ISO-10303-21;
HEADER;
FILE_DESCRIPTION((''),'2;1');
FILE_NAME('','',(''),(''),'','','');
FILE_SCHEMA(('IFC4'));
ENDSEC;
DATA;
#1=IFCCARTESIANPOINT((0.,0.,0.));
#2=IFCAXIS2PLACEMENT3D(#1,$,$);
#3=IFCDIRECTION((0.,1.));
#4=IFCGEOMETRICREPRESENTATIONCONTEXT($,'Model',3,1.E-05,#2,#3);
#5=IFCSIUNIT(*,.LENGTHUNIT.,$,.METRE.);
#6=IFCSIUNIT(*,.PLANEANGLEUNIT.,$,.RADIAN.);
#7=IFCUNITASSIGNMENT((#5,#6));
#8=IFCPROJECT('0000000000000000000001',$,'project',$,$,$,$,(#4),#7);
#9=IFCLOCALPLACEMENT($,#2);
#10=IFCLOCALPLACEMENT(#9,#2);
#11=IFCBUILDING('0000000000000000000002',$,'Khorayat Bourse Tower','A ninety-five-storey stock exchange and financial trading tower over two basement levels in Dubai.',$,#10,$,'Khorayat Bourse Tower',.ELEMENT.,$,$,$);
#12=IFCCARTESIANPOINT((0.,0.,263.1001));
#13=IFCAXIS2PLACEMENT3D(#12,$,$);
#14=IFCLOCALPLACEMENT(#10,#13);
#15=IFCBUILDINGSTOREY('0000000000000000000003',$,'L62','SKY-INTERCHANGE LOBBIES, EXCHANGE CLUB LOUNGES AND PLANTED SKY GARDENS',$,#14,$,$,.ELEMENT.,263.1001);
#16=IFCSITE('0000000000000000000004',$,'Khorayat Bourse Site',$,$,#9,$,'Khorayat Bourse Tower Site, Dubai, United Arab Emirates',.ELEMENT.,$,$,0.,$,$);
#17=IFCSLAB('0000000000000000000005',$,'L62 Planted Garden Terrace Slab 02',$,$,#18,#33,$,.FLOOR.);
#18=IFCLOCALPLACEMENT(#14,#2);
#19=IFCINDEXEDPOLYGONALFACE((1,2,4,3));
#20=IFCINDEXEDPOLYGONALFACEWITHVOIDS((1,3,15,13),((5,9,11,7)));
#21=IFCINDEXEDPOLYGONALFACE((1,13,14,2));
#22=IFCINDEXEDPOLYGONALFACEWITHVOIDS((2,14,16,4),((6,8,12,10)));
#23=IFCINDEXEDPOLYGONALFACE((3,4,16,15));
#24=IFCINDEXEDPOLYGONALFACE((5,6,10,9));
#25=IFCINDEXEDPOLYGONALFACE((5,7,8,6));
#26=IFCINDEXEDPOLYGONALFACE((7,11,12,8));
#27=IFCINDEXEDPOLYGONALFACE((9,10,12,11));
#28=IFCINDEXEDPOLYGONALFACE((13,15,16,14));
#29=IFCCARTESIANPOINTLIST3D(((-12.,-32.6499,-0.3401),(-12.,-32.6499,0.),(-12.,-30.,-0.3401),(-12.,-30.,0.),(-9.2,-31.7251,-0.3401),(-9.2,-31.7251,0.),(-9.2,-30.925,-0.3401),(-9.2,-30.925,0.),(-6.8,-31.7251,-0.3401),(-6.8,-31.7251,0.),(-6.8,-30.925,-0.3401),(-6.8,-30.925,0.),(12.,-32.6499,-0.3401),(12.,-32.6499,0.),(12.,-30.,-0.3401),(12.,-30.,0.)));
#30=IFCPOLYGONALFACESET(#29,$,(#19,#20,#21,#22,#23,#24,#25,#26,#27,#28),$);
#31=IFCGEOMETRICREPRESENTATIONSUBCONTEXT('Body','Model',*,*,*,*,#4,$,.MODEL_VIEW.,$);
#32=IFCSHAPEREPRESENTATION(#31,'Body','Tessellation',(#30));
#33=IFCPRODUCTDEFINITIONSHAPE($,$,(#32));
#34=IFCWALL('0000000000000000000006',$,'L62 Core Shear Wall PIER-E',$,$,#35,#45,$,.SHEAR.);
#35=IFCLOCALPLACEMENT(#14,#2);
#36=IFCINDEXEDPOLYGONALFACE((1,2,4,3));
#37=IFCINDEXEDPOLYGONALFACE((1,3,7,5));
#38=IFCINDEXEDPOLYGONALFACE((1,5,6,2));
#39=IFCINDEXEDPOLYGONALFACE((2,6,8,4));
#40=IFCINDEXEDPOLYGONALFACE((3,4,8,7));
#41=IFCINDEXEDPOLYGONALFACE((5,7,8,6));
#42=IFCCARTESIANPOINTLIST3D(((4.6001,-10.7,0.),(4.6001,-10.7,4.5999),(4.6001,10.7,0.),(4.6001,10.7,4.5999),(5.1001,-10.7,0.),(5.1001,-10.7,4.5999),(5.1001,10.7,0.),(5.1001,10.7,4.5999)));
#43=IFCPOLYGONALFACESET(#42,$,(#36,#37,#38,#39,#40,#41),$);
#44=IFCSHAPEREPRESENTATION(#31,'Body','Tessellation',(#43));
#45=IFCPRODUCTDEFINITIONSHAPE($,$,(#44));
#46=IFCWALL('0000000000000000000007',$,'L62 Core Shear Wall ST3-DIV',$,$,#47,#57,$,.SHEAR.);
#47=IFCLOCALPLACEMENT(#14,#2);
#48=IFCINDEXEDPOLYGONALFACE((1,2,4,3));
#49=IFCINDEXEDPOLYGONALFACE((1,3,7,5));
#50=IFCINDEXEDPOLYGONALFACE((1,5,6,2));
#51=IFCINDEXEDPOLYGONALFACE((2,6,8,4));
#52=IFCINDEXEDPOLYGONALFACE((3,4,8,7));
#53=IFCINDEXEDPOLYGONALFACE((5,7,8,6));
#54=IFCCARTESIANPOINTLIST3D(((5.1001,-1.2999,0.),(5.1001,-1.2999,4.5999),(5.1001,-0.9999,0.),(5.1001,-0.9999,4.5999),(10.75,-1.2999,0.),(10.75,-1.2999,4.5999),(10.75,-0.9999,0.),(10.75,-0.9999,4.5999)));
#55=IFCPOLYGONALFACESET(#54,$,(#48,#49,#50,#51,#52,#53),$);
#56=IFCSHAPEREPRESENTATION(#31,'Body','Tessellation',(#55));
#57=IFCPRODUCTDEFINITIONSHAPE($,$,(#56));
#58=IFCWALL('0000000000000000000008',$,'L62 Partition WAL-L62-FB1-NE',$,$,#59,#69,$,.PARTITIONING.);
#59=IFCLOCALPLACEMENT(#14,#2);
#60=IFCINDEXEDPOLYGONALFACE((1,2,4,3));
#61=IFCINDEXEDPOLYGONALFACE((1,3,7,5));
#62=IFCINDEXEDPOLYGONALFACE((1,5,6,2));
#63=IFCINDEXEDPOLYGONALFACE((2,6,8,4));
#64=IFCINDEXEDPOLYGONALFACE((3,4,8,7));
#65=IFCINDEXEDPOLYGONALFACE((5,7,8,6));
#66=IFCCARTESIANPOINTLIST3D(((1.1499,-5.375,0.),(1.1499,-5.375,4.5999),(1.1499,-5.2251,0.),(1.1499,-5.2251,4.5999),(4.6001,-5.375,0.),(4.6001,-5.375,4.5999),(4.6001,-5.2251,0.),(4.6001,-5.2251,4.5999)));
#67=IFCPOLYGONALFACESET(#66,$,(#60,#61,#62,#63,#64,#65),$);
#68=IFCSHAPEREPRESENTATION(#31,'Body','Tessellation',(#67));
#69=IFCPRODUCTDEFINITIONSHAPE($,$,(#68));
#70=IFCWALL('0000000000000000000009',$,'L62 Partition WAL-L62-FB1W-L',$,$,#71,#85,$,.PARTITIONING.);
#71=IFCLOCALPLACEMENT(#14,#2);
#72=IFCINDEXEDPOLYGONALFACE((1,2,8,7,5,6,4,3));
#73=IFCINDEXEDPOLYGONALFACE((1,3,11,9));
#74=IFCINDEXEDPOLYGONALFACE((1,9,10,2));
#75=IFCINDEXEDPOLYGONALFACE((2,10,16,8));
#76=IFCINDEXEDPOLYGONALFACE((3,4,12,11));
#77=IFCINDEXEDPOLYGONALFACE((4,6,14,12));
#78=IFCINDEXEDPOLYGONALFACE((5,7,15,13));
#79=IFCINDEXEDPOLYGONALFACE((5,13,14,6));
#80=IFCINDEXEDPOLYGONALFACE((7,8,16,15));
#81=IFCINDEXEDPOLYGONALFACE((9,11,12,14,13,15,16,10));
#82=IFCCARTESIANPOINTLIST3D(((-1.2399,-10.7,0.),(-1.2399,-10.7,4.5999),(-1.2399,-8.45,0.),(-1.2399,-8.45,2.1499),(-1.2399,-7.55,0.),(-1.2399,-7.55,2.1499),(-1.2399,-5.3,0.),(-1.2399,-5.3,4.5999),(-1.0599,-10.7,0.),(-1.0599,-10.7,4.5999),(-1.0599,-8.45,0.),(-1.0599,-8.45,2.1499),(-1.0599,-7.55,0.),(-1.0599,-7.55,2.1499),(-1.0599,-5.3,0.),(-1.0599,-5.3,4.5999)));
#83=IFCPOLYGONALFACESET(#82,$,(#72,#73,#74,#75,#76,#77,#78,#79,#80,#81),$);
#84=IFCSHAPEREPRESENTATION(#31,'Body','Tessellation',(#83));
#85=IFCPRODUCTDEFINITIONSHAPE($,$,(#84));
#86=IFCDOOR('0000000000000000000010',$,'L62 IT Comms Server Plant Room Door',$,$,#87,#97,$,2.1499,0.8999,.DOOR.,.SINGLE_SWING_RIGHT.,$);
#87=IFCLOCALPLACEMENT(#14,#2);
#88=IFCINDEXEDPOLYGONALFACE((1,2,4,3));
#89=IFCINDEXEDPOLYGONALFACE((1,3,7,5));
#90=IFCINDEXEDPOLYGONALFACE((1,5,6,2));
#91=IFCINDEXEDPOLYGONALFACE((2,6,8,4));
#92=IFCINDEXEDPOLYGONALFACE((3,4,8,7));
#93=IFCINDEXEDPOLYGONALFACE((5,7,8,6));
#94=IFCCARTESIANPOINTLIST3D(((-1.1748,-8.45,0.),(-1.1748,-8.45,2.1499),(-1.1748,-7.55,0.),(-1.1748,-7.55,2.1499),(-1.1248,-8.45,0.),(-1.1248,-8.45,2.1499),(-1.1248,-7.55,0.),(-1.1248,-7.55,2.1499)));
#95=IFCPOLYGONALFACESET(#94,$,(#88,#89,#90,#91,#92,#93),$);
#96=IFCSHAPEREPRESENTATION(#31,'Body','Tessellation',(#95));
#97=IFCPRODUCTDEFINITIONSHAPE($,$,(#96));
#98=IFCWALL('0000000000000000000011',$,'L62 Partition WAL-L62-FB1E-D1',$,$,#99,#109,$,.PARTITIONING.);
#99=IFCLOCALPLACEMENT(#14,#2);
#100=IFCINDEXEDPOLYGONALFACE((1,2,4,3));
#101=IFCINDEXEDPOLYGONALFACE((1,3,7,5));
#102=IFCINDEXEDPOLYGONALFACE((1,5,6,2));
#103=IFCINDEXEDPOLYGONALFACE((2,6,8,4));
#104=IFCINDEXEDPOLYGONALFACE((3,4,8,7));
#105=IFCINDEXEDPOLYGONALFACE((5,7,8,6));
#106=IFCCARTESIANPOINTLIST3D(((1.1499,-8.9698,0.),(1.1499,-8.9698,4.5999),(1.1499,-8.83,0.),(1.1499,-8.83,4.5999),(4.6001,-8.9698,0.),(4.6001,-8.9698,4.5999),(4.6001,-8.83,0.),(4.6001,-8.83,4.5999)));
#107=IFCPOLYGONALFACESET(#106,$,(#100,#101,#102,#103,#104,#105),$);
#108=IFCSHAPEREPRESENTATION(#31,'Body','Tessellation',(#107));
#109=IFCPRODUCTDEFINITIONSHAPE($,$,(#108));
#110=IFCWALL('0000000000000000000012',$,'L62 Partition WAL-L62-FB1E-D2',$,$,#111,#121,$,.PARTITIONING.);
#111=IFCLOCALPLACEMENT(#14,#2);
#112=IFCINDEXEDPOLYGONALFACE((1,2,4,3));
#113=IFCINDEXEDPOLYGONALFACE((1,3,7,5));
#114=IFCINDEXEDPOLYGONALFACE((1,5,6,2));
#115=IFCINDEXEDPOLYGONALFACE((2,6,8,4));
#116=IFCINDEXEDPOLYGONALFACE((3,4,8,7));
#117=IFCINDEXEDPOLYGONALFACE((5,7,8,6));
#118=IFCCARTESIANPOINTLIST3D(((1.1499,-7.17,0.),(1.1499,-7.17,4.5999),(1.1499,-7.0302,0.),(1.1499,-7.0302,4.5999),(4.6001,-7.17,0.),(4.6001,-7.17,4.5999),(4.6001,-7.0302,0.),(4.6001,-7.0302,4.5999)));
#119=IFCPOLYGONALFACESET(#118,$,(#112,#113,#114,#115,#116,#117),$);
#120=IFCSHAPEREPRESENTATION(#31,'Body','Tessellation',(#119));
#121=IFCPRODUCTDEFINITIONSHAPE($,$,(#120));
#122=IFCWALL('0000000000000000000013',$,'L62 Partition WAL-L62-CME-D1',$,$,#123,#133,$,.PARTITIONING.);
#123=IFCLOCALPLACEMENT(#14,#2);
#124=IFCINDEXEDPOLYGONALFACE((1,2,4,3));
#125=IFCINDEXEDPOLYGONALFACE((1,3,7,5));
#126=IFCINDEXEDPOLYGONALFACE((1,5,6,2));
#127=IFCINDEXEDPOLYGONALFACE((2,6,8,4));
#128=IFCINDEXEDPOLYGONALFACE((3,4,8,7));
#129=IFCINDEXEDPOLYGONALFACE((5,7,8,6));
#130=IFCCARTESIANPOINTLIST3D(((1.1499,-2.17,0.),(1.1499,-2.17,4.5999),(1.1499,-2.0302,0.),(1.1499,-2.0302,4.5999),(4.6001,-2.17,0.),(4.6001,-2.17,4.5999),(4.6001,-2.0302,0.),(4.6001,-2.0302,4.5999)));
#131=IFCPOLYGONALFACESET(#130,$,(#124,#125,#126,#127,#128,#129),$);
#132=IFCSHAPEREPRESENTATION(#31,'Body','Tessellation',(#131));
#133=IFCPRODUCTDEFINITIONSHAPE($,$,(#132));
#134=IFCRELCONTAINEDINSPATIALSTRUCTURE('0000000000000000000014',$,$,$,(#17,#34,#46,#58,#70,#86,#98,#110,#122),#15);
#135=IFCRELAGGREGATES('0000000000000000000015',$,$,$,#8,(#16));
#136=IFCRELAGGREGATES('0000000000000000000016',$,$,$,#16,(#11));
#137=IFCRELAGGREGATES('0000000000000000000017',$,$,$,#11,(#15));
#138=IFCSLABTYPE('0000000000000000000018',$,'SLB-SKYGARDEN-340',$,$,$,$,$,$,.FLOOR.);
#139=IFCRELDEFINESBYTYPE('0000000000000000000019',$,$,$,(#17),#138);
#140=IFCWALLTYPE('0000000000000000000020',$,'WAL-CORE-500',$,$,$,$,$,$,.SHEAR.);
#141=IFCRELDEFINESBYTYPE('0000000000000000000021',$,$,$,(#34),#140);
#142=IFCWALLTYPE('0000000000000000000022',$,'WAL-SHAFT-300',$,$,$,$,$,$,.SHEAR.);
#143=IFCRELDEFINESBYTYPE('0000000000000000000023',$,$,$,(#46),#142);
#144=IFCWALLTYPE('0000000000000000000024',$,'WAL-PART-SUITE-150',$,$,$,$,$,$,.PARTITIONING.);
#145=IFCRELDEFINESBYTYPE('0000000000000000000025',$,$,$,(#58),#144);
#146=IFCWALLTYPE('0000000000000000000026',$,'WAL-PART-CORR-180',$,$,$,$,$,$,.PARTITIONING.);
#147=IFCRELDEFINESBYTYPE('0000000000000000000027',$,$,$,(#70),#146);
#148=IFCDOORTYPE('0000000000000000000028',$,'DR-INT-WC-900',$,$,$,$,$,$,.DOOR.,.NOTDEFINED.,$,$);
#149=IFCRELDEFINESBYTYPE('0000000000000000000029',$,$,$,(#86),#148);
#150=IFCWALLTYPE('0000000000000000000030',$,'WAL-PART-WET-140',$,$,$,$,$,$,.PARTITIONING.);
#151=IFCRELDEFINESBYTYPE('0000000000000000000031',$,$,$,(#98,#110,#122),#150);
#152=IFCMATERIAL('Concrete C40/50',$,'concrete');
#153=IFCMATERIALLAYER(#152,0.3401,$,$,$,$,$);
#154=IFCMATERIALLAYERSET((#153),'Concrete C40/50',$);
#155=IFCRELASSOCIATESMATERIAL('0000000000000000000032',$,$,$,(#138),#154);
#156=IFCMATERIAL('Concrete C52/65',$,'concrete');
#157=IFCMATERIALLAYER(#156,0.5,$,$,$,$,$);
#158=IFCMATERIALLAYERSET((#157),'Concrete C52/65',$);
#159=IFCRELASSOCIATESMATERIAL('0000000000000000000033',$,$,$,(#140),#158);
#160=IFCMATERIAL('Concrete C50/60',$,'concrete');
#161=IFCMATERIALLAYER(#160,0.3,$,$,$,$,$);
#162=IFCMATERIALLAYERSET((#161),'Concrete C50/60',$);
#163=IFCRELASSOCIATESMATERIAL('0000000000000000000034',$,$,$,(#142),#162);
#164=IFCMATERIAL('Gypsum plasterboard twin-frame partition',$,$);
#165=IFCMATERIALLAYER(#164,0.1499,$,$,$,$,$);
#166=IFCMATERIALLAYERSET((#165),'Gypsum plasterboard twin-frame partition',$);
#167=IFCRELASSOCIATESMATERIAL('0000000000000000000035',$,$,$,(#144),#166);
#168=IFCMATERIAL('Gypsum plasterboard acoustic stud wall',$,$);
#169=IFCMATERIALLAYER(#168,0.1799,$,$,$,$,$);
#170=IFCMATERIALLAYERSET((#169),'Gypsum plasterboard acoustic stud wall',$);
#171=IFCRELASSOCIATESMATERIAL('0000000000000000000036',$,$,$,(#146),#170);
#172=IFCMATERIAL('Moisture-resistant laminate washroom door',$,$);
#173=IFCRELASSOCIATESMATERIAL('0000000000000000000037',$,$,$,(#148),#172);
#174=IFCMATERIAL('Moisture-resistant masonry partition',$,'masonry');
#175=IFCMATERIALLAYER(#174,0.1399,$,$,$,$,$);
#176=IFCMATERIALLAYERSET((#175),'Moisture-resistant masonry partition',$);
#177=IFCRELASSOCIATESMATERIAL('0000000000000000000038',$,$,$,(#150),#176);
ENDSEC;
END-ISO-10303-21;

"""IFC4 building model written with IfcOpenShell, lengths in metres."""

from ifc_helpers import new_model, si_unit, direction, frame, frame_2d, origin, place, context, subcontext, project, spatial, polyline, rectangle, outline, extrude, source, transform, mapped, material, layer, layer_set, type_object, element, fill, save


model = new_model("IFC4")

# Units and contexts
model_context = context("Model", 3, precision=1e-05, world=origin(), true_north=direction((0.0, 1.0)))
body_context = subcontext(model_context, "Body", "Model", "MODEL_VIEW")
ifc_project = project(units=[si_unit("LENGTHUNIT", "METRE"), si_unit("PLANEANGLEUNIT", "RADIAN")], contexts=[model_context])

# Site, building, storey
site_placement = place(None, origin())
site = spatial("IfcSite", under=ifc_project, at=site_placement, Name="Khorayat Bourse Site", LongName="Khorayat Bourse Tower Site, Dubai, United Arab Emirates", CompositionType="ELEMENT", RefElevation=0.0)
building_placement = place(site_placement, origin())
building = spatial("IfcBuilding", under=site, at=building_placement, Name="Khorayat Bourse Tower", Description="A ninety-five-storey stock exchange and financial trading tower over two basement levels in Dubai.", LongName="Khorayat Bourse Tower", CompositionType="ELEMENT")
storey_placement = place(building_placement, frame((0.0, 0.0, 263.1001)))
storey = spatial("IfcBuildingStorey", under=building, at=storey_placement, Name="L62", Description="SKY-INTERCHANGE LOBBIES, EXCHANGE CLUB LOUNGES AND PLANTED SKY GARDENS", CompositionType="ELEMENT", Elevation=263.1001)

# Slab
ifc_material_1 = material(Name="Concrete C40/50", Category="concrete")
ifc_layer_1 = layer(ifc_material_1, 0.3401)
ifc_layer_set_1 = layer_set([ifc_layer_1], Name="Concrete C40/50")
slab_type_1 = type_object("IfcSlabType", Name="SLB-SKYGARDEN-340", PredefinedType="FLOOR", material=ifc_layer_set_1)
slab_1_placement = place(storey_placement, frame((0.0, 0.0, -0.3401)))
element("IfcSlab", 1, at=slab_1_placement, inside=storey, type_object=slab_type_1, Name="L62 Planted Garden Terrace Slab 02", PredefinedType="FLOOR", context=body_context, shape_type="SweptSolid", body=[
    extrude(outline(polyline([(-12.0, -32.6499), (12.0, -32.6499), (12.0, -30.0), (-12.0, -30.0), (-12.0, -32.6499)]), holes=[polyline([(-9.2, -31.7251), (-6.8, -31.7251), (-6.8, -30.925), (-9.2, -30.925), (-9.2, -31.7251)])]), origin(), (0.0, 0.0, 1.0), 0.3401),
])

# Walls
ifc_material_2 = material(Name="Concrete C52/65", Category="concrete")
ifc_layer_2 = layer(ifc_material_2, 0.5)
ifc_layer_set_2 = layer_set([ifc_layer_2], Name="Concrete C52/65")
wall_type_1 = type_object("IfcWallType", Name="WAL-CORE-500", PredefinedType="SHEAR", material=ifc_layer_set_2)
shared_shape_1 = source(origin(), body_context, "Body", "SweptSolid", [
    extrude(rectangle(XDim=21.3999, YDim=0.5, at=frame_2d((10.7, 0.0))), origin(), (0.0, 0.0, 1.0), 4.5999),
])
wall_1_placement = place(storey_placement, frame((4.8501, -10.7, 0.0), z_axis=(0.0, 0.0, 1.0), x_axis=(0.0, 1.0, 0.0)))
element("IfcWall", 2, at=wall_1_placement, inside=storey, type_object=wall_type_1, Name="L62 Core Shear Wall PIER-E", PredefinedType="SHEAR", context=body_context, shape_type="MappedRepresentation", body=[
    mapped(shared_shape_1, transform((0.0, 0.0, 0.0), scale=1.0)),
])
ifc_material_3 = material(Name="Concrete C50/60", Category="concrete")
ifc_layer_3 = layer(ifc_material_3, 0.3)
ifc_layer_set_3 = layer_set([ifc_layer_3], Name="Concrete C50/60")
wall_type_2 = type_object("IfcWallType", Name="WAL-SHAFT-300", PredefinedType="SHEAR", material=ifc_layer_set_3)
shared_shape_2 = source(origin(), body_context, "Body", "SweptSolid", [
    extrude(rectangle(XDim=5.6499, YDim=0.3, at=frame_2d((2.825, 0.0))), origin(), (0.0, 0.0, 1.0), 4.5999),
])
wall_2_placement = place(storey_placement, frame((5.1001, -1.1499, 0.0), z_axis=(0.0, 0.0, 1.0), x_axis=(1.0, 0.0, 0.0)))
element("IfcWall", 3, at=wall_2_placement, inside=storey, type_object=wall_type_2, Name="L62 Core Shear Wall ST3-DIV", PredefinedType="SHEAR", context=body_context, shape_type="MappedRepresentation", body=[
    mapped(shared_shape_2, transform((0.0, 0.0, 0.0), scale=1.0)),
])
ifc_material_4 = material(Name="Gypsum plasterboard twin-frame partition")
ifc_layer_4 = layer(ifc_material_4, 0.1499)
ifc_layer_set_4 = layer_set([ifc_layer_4], Name="Gypsum plasterboard twin-frame partition")
wall_type_3 = type_object("IfcWallType", Name="WAL-PART-SUITE-150", PredefinedType="PARTITIONING", material=ifc_layer_set_4)
shared_shape_3 = source(origin(), body_context, "Body", "SweptSolid", [
    extrude(rectangle(XDim=3.4502, YDim=0.1499, at=frame_2d((1.7251, 0.0))), origin(), (0.0, 0.0, 1.0), 4.5999),
])
wall_3_placement = place(storey_placement, frame((1.1499, -5.3, 0.0), z_axis=(0.0, 0.0, 1.0), x_axis=(1.0, 0.0, 0.0)))
element("IfcWall", 4, at=wall_3_placement, inside=storey, type_object=wall_type_3, Name="L62 Partition WAL-L62-FB1-NE", PredefinedType="PARTITIONING", context=body_context, shape_type="MappedRepresentation", body=[
    mapped(shared_shape_3, transform((0.0, 0.0, 0.0), scale=1.0)),
])

# Wall, opening, door
ifc_material_5 = material(Name="Gypsum plasterboard acoustic stud wall")
ifc_layer_5 = layer(ifc_material_5, 0.1799)
ifc_layer_set_5 = layer_set([ifc_layer_5], Name="Gypsum plasterboard acoustic stud wall")
wall_type_4 = type_object("IfcWallType", Name="WAL-PART-CORR-180", PredefinedType="PARTITIONING", material=ifc_layer_set_5)
shared_shape_4 = source(origin(), body_context, "Body", "SweptSolid", [
    extrude(rectangle(XDim=5.3999, YDim=0.1799, at=frame_2d((2.7, 0.0))), origin(), (0.0, 0.0, 1.0), 4.5999),
])
wall_4_placement = place(storey_placement, frame((-1.1499, -10.7, 0.0), z_axis=(0.0, 0.0, 1.0), x_axis=(0.0, 1.0, 0.0)))
wall_4 = element("IfcWall", 5, at=wall_4_placement, inside=storey, type_object=wall_type_4, Name="L62 Partition WAL-L62-FB1W-L", PredefinedType="PARTITIONING", context=body_context, shape_type="MappedRepresentation", body=[
    mapped(shared_shape_4, transform((0.0, 0.0, 0.0), scale=1.0)),
])
shared_shape_5 = source(origin(), body_context, "Body", "SweptSolid", [
    extrude(rectangle(XDim=0.8999, YDim=2.1499, at=frame_2d((0.45, 1.075))), frame((0.0, 0.0999, 0.0), z_axis=(0.0, -1.0, 0.0), x_axis=(1.0, 0.0, 0.0)), (0.0, 0.0, 1.0), 0.2),
])
opening_1_placement = place(wall_4_placement, frame((2.25, 0.0, 0.0)))
opening_1 = element("IfcOpeningElement", 6, at=opening_1_placement, cuts=wall_4, PredefinedType="OPENING", context=body_context, shape_type="MappedRepresentation", body=[
    mapped(shared_shape_5, transform((0.0, 0.0, 0.0), scale=1.0)),
])
ifc_material_6 = material(Name="Moisture-resistant laminate washroom door")
door_type = type_object("IfcDoorType", Name="DR-INT-WC-900", OperationType="NOTDEFINED", PredefinedType="DOOR", material=ifc_material_6)
shared_shape_6 = source(origin(), body_context, "Body", "SweptSolid", [
    extrude(rectangle(XDim=0.8999, YDim=2.1499, at=frame_2d((0.45, 1.075))), frame((0.0, 0.0249, 0.0), z_axis=(0.0, -1.0, 0.0), x_axis=(1.0, 0.0, 0.0)), (0.0, 0.0, 1.0), 0.05),
])
door_1_placement = place(opening_1_placement, origin())
door_1 = element("IfcDoor", 7, at=door_1_placement, inside=storey, type_object=door_type, Name="L62 IT Comms Server Plant Room Door", OperationType="SINGLE_SWING_RIGHT", OverallHeight=2.1499, OverallWidth=0.8999, PredefinedType="DOOR", context=body_context, shape_type="MappedRepresentation", body=[
    mapped(shared_shape_6, transform((0.0, 0.0, 0.0), scale=1.0)),
])
fill(opening_1, door_1)

# Walls
ifc_material_7 = material(Name="Moisture-resistant masonry partition", Category="masonry")
ifc_layer_6 = layer(ifc_material_7, 0.1399)
ifc_layer_set_6 = layer_set([ifc_layer_6], Name="Moisture-resistant masonry partition")
wall_type_5 = type_object("IfcWallType", Name="WAL-PART-WET-140", PredefinedType="PARTITIONING", material=ifc_layer_set_6)
shared_shape_7 = source(origin(), body_context, "Body", "SweptSolid", [
    extrude(rectangle(XDim=3.4502, YDim=0.1399, at=frame_2d((1.7251, 0.0))), origin(), (0.0, 0.0, 1.0), 4.5999),
])
for number, where, z_axis, x_axis, name in (
    (8, (1.1499, -8.8999, 0.0), (0.0, 0.0, 1.0), (1.0, 0.0, 0.0), "L62 Partition WAL-L62-FB1E-D1"),
    (9, (1.1499, -7.1001, 0.0), (0.0, 0.0, 1.0), (1.0, 0.0, 0.0), "L62 Partition WAL-L62-FB1E-D2"),
    (10, (1.1499, -2.1001, 0.0), (0.0, 0.0, 1.0), (1.0, 0.0, 0.0), "L62 Partition WAL-L62-CME-D1"),
):
    element("IfcWall", number, at=place(storey_placement, frame(where, z_axis=z_axis, x_axis=x_axis)), inside=storey, type_object=wall_type_5, Name=name, PredefinedType="PARTITIONING", context=body_context, shape_type="MappedRepresentation", body=[
        mapped(shared_shape_7, transform((0.0, 0.0, 0.0), scale=1.0)),
    ])

save(model, "model.ifc")
